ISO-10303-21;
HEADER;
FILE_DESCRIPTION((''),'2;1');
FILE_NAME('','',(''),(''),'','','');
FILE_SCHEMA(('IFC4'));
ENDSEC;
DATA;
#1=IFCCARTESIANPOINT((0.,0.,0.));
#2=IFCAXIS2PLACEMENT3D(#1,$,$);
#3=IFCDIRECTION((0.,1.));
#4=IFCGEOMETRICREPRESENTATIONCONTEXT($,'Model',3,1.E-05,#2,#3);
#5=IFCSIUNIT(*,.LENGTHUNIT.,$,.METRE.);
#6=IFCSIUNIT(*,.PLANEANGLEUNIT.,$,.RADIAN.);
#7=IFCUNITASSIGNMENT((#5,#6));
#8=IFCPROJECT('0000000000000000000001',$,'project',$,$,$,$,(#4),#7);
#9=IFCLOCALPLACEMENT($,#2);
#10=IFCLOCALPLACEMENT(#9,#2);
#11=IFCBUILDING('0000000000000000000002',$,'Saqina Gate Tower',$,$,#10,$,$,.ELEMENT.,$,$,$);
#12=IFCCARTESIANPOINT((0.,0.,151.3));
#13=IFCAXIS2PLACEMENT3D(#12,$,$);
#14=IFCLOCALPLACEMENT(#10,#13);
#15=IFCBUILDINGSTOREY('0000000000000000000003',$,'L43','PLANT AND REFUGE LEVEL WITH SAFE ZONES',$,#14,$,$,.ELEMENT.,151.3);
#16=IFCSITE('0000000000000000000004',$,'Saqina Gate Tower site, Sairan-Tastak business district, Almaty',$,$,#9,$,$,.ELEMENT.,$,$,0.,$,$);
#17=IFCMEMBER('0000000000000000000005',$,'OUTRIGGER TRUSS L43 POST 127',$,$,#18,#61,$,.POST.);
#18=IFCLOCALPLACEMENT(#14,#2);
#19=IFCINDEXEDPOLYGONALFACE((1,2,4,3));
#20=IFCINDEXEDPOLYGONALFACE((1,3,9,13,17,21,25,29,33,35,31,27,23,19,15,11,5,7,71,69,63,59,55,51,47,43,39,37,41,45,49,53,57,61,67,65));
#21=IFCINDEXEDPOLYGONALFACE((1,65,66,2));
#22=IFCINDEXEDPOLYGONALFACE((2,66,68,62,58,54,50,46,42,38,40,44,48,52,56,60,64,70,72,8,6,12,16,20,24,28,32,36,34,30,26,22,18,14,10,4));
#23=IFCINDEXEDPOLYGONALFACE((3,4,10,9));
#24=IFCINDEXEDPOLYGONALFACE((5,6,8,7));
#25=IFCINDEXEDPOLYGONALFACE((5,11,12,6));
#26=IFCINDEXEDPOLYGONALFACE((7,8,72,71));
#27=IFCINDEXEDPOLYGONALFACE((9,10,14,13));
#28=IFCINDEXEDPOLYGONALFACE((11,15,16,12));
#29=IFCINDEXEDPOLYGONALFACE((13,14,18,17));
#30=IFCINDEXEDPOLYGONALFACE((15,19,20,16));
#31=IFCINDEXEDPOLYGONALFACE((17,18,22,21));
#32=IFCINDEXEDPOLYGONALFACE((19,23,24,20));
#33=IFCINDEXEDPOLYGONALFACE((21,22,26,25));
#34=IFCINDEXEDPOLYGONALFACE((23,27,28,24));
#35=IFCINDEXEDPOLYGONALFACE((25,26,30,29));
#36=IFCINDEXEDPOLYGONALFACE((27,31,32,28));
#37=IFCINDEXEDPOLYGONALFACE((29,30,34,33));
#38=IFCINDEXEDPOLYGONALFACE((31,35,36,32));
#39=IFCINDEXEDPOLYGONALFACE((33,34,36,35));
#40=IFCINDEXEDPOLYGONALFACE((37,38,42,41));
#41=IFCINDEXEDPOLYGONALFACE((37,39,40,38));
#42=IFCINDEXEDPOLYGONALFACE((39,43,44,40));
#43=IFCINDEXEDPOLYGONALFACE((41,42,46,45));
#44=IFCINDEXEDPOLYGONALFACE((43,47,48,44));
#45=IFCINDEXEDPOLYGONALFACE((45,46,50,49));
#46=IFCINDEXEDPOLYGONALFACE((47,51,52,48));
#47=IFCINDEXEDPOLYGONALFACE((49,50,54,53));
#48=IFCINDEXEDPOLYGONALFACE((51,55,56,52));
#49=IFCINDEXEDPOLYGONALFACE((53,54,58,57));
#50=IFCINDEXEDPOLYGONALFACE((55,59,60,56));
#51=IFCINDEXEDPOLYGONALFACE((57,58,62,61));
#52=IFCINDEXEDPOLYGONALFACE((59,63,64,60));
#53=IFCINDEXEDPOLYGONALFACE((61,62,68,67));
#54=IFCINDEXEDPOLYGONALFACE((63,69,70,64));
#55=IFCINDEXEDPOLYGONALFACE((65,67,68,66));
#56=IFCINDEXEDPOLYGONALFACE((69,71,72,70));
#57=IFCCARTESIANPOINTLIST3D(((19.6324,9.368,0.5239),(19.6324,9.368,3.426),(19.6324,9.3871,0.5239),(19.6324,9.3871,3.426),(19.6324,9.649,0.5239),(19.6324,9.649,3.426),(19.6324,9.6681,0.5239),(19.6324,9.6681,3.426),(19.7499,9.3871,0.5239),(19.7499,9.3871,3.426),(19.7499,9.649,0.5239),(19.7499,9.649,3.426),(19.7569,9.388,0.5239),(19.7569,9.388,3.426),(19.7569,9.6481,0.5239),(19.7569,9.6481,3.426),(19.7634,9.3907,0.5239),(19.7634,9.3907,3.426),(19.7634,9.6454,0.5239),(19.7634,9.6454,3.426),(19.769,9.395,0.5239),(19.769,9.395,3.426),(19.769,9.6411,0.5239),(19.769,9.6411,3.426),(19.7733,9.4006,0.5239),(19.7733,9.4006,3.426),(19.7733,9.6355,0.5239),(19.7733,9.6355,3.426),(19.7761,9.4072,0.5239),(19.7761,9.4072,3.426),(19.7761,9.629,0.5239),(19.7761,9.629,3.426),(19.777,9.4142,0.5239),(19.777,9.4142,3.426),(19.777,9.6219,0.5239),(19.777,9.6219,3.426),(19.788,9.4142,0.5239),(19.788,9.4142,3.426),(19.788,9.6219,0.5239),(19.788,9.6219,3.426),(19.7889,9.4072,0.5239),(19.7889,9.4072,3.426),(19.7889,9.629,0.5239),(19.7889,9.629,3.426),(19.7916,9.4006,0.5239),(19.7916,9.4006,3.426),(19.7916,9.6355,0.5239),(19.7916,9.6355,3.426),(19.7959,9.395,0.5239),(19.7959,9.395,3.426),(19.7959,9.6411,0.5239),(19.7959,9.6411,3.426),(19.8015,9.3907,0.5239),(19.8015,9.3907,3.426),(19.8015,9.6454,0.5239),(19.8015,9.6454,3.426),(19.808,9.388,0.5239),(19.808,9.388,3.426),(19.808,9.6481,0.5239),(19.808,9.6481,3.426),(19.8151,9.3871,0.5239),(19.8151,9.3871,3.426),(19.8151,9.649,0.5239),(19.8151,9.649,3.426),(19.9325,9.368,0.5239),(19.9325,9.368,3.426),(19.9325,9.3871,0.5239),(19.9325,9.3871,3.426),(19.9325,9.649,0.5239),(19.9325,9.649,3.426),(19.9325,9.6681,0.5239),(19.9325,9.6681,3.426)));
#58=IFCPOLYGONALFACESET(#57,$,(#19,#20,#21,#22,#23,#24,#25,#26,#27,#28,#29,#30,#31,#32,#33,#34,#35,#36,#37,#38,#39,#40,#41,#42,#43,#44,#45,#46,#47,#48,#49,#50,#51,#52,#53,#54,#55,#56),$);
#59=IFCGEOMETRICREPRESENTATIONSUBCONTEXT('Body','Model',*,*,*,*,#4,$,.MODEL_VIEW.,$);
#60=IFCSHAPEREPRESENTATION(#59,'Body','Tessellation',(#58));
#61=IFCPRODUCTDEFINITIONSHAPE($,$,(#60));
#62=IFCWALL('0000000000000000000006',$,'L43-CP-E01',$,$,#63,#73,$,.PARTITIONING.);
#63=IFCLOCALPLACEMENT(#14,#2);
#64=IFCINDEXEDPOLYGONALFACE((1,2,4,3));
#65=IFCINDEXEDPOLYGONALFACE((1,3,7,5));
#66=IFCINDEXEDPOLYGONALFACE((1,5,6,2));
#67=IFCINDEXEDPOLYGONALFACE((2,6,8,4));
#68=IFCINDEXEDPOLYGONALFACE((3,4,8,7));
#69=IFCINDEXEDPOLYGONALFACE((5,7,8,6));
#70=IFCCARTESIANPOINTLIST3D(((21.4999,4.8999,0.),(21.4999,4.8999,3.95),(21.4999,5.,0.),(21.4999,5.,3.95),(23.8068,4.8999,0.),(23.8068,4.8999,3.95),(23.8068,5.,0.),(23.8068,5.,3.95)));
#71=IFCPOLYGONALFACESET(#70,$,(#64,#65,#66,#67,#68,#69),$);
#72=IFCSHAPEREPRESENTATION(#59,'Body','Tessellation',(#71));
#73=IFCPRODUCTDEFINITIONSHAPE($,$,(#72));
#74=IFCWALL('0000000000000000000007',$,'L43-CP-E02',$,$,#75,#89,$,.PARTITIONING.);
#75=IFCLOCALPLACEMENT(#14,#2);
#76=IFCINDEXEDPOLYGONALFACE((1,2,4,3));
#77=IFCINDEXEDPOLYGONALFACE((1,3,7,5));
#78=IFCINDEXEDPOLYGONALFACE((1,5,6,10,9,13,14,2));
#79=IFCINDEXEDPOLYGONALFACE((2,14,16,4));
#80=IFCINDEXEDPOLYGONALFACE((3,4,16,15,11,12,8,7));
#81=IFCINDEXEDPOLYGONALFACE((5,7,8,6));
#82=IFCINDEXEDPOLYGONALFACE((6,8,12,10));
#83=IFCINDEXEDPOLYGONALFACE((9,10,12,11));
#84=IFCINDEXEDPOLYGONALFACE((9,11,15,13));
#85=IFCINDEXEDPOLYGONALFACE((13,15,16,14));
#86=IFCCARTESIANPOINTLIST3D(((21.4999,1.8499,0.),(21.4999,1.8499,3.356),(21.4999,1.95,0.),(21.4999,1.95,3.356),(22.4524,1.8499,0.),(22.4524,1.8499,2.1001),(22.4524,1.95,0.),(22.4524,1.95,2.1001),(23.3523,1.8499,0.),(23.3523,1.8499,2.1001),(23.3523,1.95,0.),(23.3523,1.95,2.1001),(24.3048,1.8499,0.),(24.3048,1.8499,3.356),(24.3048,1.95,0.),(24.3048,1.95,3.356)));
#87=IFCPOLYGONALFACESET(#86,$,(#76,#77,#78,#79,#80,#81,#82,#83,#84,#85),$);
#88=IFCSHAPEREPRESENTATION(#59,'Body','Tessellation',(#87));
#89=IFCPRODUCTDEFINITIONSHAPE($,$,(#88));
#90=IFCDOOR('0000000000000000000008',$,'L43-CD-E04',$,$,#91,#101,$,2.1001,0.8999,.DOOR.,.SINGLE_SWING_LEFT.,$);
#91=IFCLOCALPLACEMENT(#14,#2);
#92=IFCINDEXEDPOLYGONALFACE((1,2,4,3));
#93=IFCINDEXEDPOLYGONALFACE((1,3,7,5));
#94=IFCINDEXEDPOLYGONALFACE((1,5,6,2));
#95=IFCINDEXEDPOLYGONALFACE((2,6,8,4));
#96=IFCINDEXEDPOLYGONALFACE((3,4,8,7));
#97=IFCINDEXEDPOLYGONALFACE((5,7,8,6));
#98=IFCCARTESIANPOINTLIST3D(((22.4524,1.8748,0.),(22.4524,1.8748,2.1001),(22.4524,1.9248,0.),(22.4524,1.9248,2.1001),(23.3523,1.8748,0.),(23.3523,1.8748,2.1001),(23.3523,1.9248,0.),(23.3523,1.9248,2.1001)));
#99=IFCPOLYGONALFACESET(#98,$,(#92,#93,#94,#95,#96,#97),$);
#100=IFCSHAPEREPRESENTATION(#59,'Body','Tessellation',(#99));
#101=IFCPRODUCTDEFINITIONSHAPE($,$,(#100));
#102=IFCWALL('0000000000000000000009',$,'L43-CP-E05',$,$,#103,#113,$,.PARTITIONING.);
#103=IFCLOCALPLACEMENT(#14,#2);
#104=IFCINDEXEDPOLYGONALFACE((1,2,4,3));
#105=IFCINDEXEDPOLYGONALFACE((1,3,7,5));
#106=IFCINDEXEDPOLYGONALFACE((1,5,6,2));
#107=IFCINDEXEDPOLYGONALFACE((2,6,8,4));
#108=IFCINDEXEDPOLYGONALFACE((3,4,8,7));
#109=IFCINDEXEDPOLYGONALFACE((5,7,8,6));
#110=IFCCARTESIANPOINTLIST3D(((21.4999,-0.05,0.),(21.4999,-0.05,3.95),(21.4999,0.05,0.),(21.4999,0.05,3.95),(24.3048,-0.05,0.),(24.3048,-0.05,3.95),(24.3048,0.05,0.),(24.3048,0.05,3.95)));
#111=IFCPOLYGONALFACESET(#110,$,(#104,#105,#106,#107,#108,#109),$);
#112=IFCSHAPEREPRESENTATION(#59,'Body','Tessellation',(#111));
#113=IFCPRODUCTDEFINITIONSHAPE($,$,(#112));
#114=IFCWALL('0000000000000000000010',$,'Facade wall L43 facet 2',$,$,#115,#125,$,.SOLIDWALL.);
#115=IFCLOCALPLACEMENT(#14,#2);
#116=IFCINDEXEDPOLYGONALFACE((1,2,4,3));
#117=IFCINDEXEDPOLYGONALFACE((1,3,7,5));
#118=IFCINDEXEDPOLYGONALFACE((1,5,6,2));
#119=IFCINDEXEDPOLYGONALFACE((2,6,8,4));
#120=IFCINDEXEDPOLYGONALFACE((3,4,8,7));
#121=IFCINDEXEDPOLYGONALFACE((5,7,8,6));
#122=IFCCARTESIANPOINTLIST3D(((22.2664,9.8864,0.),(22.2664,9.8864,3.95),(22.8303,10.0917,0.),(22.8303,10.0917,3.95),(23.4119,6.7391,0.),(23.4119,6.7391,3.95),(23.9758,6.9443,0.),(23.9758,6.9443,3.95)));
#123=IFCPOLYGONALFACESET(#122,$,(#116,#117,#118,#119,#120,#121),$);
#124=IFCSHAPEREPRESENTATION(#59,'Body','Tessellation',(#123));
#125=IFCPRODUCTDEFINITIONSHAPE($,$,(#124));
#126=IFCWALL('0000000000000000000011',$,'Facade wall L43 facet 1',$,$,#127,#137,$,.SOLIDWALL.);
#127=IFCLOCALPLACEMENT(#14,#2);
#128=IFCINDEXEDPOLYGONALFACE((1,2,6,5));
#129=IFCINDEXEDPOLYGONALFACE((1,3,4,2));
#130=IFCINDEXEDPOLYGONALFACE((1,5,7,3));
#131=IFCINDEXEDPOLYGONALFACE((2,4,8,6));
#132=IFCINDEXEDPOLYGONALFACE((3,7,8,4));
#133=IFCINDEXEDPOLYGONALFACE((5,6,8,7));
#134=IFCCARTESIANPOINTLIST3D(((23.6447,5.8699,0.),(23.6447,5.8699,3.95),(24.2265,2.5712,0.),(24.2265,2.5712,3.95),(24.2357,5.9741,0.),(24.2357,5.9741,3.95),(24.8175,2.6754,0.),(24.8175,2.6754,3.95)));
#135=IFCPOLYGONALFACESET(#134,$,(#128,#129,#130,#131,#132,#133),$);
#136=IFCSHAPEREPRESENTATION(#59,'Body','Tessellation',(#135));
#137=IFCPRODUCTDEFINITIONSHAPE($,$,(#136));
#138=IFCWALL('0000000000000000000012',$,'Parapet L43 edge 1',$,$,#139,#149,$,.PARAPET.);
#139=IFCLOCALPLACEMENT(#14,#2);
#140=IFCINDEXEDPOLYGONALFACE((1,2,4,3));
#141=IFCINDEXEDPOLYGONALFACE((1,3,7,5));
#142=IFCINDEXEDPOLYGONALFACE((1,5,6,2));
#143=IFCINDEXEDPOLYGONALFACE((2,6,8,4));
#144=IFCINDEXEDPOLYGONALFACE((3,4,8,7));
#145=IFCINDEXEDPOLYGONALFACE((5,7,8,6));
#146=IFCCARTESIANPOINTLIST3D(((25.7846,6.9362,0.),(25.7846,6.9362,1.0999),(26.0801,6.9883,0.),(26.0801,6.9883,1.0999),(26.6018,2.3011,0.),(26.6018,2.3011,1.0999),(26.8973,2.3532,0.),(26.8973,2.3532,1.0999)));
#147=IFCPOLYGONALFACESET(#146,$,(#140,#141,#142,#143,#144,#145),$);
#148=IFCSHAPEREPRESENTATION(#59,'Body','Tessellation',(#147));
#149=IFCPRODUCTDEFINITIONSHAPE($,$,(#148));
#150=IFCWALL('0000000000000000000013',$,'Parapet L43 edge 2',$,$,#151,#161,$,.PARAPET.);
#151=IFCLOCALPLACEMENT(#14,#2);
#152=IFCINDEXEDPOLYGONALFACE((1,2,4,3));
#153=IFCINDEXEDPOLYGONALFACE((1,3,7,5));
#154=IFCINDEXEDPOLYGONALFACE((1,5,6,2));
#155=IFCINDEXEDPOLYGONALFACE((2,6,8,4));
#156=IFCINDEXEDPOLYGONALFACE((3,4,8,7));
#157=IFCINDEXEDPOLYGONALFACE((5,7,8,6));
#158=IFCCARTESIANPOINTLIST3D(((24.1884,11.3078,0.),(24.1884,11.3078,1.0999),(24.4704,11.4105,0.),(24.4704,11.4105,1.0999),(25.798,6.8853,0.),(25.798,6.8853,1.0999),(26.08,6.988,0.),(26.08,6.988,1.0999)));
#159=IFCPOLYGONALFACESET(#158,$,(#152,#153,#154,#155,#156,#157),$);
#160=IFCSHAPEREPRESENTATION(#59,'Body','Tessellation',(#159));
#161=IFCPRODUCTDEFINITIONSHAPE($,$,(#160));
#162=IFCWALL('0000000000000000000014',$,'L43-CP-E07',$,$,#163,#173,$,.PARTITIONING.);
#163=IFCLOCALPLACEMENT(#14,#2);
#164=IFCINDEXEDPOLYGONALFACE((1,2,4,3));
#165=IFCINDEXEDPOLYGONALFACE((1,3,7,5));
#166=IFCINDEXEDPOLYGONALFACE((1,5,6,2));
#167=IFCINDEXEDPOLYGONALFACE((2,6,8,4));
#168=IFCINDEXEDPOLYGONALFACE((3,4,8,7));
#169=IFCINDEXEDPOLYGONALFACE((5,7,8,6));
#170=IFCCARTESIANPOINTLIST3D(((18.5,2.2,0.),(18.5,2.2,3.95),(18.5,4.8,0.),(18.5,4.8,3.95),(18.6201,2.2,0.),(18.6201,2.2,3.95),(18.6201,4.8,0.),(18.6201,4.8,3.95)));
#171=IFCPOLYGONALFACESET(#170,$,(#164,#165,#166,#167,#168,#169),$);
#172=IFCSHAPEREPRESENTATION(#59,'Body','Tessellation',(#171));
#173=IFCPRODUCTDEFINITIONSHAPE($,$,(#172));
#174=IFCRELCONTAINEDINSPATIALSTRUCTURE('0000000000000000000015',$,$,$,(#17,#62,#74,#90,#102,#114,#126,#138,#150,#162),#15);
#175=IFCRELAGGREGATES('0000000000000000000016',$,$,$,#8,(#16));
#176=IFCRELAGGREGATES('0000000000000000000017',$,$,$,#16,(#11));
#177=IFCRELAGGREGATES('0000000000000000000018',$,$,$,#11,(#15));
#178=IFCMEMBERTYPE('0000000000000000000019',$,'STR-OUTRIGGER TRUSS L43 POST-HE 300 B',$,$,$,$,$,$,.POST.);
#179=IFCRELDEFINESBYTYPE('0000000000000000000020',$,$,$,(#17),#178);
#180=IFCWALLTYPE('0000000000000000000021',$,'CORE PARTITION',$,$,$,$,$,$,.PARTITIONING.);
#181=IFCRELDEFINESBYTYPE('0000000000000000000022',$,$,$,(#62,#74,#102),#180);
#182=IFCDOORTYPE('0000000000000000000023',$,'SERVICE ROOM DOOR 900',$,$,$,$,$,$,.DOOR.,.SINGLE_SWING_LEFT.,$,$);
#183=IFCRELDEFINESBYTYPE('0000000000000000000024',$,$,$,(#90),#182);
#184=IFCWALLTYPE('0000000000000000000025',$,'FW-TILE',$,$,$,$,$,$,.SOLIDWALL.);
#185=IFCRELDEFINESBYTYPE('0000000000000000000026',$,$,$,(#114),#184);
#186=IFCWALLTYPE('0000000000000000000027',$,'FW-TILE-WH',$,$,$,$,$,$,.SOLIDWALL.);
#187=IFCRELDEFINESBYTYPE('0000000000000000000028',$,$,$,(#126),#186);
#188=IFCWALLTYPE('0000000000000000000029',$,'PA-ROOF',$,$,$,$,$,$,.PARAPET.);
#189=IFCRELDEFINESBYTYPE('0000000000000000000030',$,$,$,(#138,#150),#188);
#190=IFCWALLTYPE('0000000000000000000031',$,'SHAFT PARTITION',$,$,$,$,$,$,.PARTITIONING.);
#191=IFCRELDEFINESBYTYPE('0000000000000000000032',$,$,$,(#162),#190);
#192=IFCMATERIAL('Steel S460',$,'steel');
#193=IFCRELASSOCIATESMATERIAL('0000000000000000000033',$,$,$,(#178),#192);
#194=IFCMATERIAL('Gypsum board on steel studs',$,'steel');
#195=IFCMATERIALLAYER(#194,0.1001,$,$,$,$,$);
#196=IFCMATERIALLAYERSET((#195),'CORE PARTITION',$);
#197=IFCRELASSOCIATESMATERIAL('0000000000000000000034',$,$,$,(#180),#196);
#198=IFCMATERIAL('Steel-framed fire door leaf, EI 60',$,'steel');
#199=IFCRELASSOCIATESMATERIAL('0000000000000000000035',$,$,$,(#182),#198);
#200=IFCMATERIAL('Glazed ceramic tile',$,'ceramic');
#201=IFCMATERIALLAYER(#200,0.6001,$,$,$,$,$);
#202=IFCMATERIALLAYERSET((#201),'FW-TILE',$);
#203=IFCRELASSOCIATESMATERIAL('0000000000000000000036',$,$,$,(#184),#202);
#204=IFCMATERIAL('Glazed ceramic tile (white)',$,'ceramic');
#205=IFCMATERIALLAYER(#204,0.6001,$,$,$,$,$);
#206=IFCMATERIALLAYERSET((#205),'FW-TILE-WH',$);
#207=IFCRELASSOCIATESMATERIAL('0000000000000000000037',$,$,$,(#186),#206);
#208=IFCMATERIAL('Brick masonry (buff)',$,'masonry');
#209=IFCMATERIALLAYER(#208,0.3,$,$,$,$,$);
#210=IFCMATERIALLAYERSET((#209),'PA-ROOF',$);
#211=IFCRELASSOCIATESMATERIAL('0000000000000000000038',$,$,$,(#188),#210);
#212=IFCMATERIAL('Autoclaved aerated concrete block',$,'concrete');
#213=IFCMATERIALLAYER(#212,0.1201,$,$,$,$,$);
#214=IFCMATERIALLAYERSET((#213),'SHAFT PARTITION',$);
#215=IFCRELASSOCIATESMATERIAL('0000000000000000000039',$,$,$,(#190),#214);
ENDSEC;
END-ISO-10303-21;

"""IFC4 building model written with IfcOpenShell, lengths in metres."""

from ifc_helpers import new_model, si_unit, direction, frame, frame_2d, origin, origin_2d, place, context, subcontext, project, spatial, rectangle, i_section, extrude, material, layer, layer_set, material_profile, profile_set, type_object, element, fill, save


model = new_model("IFC4")

# Units and contexts
model_context = context("Model", 3, precision=1e-05, world=origin(), true_north=direction((0.0, 1.0)))
body_context = subcontext(model_context, "Body", "Model", "MODEL_VIEW")
ifc_project = project(units=[si_unit("LENGTHUNIT", "METRE"), si_unit("PLANEANGLEUNIT", "RADIAN")], contexts=[model_context])

# Site, building, storey
site_placement = place(None, origin())
site = spatial("IfcSite", under=ifc_project, at=site_placement, Name="Saqina Gate Tower site, Sairan-Tastak business district, Almaty", CompositionType="ELEMENT", RefElevation=0.0)
building_placement = place(site_placement, origin())
building = spatial("IfcBuilding", under=site, at=building_placement, Name="Saqina Gate Tower", CompositionType="ELEMENT")
storey_placement = place(building_placement, frame((0.0, 0.0, 151.3)))
storey = spatial("IfcBuildingStorey", under=building, at=storey_placement, Name="L43", Description="PLANT AND REFUGE LEVEL WITH SAFE ZONES", CompositionType="ELEMENT", Elevation=151.3)

# Member
ifc_material_1 = material(Name="Steel S460", Category="steel")
ifc_material_profile_1 = material_profile(ifc_material_1, i_section(OverallWidth=0.3, OverallDepth=0.3, WebThickness=0.011, FlangeThickness=0.019, FilletRadius=0.0271, at=origin_2d()), Name="HE 300 B")
ifc_profile_set_1 = profile_set([ifc_material_profile_1], Name="Steel S460")
member_type_1 = type_object("IfcMemberType", Name="STR-OUTRIGGER TRUSS L43 POST-HE 300 B", PredefinedType="POST", material=ifc_profile_set_1)
member_1_placement = place(storey_placement, frame((19.7825, 9.5181, 0.5239), z_axis=(0.0, 0.0, 1.0), x_axis=(1.0, 0.0, 0.0)))
element("IfcMember", 1, at=member_1_placement, inside=storey, type_object=member_type_1, Name="OUTRIGGER TRUSS L43 POST 127", PredefinedType="POST", context=body_context, shape_type="SweptSolid", body=[
    extrude(i_section(OverallWidth=0.3, OverallDepth=0.3, WebThickness=0.011, FlangeThickness=0.019, FilletRadius=0.0271, at=origin_2d()), origin(), (0.0, 0.0, 1.0), 2.9021),
])

# Wall
ifc_material_2 = material(Name="Gypsum board on steel studs", Category="steel")
ifc_layer_1 = layer(ifc_material_2, 0.1001)
ifc_layer_set_1 = layer_set([ifc_layer_1], Name="CORE PARTITION")
wall_type_1 = type_object("IfcWallType", Name="CORE PARTITION", PredefinedType="PARTITIONING", material=ifc_layer_set_1)
wall_1_placement = place(storey_placement, frame((21.5, 4.95, 0.0), z_axis=(0.0, 0.0, 1.0), x_axis=(1.0, 0.0, 0.0)))
element("IfcWall", 2, at=wall_1_placement, inside=storey, type_object=wall_type_1, Name="L43-CP-E01", PredefinedType="PARTITIONING", context=body_context, shape_type="SweptSolid", body=[
    extrude(rectangle(XDim=2.3069, YDim=0.1001, at=frame_2d((1.1533, 0.0))), origin(), (0.0, 0.0, 1.0), 3.95),
])

# Wall, opening, door
wall_2_placement = place(storey_placement, frame((21.5, 1.8999, 0.0), z_axis=(0.0, 0.0, 1.0), x_axis=(1.0, 0.0, 0.0)))
wall_2 = element("IfcWall", 3, at=wall_2_placement, inside=storey, type_object=wall_type_1, Name="L43-CP-E02", PredefinedType="PARTITIONING", context=body_context, shape_type="SweptSolid", body=[
    extrude(rectangle(XDim=2.8049, YDim=0.1001, at=frame_2d((1.4023, 0.0))), origin(), (0.0, 0.0, 1.0), 3.356),
])
opening_placement = place(wall_2_placement, frame((0.9524, 0.0, 0.0)))
opening = element("IfcOpeningElement", 4, at=opening_placement, cuts=wall_2, PredefinedType="OPENING", context=body_context, shape_type="SweptSolid", body=[
    extrude(rectangle(XDim=0.8999, YDim=2.1001, at=frame_2d((0.45, 1.05))), frame((0.0, 0.062, 0.0), z_axis=(0.0, -1.0, 0.0), x_axis=(1.0, 0.0, 0.0)), (0.0, 0.0, 1.0), 0.124),
])
ifc_material_3 = material(Name="Steel-framed fire door leaf, EI 60", Category="steel")
door_type = type_object("IfcDoorType", Name="SERVICE ROOM DOOR 900", OperationType="SINGLE_SWING_LEFT", PredefinedType="DOOR", material=ifc_material_3)
door_placement = place(opening_placement, origin())
door = element("IfcDoor", 5, at=door_placement, inside=storey, type_object=door_type, Name="L43-CD-E04", OperationType="SINGLE_SWING_LEFT", OverallHeight=2.1001, OverallWidth=0.8999, PredefinedType="DOOR", context=body_context, shape_type="SweptSolid", body=[
    extrude(rectangle(XDim=0.8999, YDim=2.1001, at=frame_2d((0.45, 1.05))), frame((0.0, 0.0249, 0.0), z_axis=(0.0, -1.0, 0.0), x_axis=(1.0, 0.0, 0.0)), (0.0, 0.0, 1.0), 0.05),
])
fill(opening, door)

# Walls
wall_3_placement = place(storey_placement, frame((21.5, 0.0, 0.0), z_axis=(0.0, 0.0, 1.0), x_axis=(1.0, 0.0, 0.0)))
element("IfcWall", 6, at=wall_3_placement, inside=storey, type_object=wall_type_1, Name="L43-CP-E05", PredefinedType="PARTITIONING", context=body_context, shape_type="SweptSolid", body=[
    extrude(rectangle(XDim=2.8049, YDim=0.1001, at=frame_2d((1.4023, 0.0))), origin(), (0.0, 0.0, 1.0), 3.95),
])
ifc_material_4 = material(Name="Glazed ceramic tile", Category="ceramic")
ifc_layer_2 = layer(ifc_material_4, 0.6001)
ifc_layer_set_2 = layer_set([ifc_layer_2], Name="FW-TILE")
wall_type_2 = type_object("IfcWallType", Name="FW-TILE", PredefinedType="SOLIDWALL", material=ifc_layer_set_2)
wall_4_placement = place(storey_placement, frame((23.6938, 6.8416, 0.0), z_axis=(0.0, 0.0, 1.0), x_axis=(-0.342001, 0.9397, 0.0)))
element("IfcWall", 7, at=wall_4_placement, inside=storey, type_object=wall_type_2, Name="Facade wall L43 facet 2", PredefinedType="SOLIDWALL", context=body_context, shape_type="SweptSolid", body=[
    extrude(rectangle(XDim=3.3494, YDim=0.6001, at=frame_2d((1.6748, 0.0))), origin(), (0.0, 0.0, 1.0), 3.95),
])
ifc_material_5 = material(Name="Glazed ceramic tile (white)", Category="ceramic")
ifc_layer_3 = layer(ifc_material_5, 0.6001)
ifc_layer_set_3 = layer_set([ifc_layer_3], Name="FW-TILE-WH")
wall_type_3 = type_object("IfcWallType", Name="FW-TILE-WH", PredefinedType="SOLIDWALL", material=ifc_layer_set_3)
wall_5_placement = place(storey_placement, frame((24.522, 2.6233, 0.0), z_axis=(0.0, 0.0, 1.0), x_axis=(-0.173694, 0.9848, 0.0)))
element("IfcWall", 8, at=wall_5_placement, inside=storey, type_object=wall_type_3, Name="Facade wall L43 facet 1", PredefinedType="SOLIDWALL", context=body_context, shape_type="SweptSolid", body=[
    extrude(rectangle(XDim=3.3496, YDim=0.6001, at=frame_2d((1.6748, 0.0))), origin(), (0.0, 0.0, 1.0), 3.95),
])
ifc_material_6 = material(Name="Brick masonry (buff)", Category="masonry")
ifc_layer_4 = layer(ifc_material_6, 0.3)
ifc_layer_set_4 = layer_set([ifc_layer_4], Name="PA-ROOF")
wall_type_4 = type_object("IfcWallType", Name="PA-ROOF", PredefinedType="PARAPET", material=ifc_layer_set_4)
wall_6_placement = place(storey_placement, frame((26.7495, 2.3271, 0.0), z_axis=(0.0, 0.0, 1.0), x_axis=(-0.17362, 0.984813, 0.0)))
element("IfcWall", 9, at=wall_6_placement, inside=storey, type_object=wall_type_4, Name="Parapet L43 edge 1", PredefinedType="PARAPET", context=body_context, shape_type="SweptSolid", body=[
    extrude(rectangle(XDim=4.7065, YDim=0.3, at=frame_2d((2.3533, 0.0))), origin(), (0.0, 0.0, 1.0), 1.0999),
])
wall_7_placement = place(storey_placement, frame((25.939, 6.9368, 0.0), z_axis=(0.0, 0.0, 1.0), x_axis=(-0.342005, 0.939698, 0.0)))
element("IfcWall", 10, at=wall_7_placement, inside=storey, type_object=wall_type_4, Name="Parapet L43 edge 2", PredefinedType="PARAPET", context=body_context, shape_type="SweptSolid", body=[
    extrude(rectangle(XDim=4.7063, YDim=0.3, at=frame_2d((2.353, 0.0))), origin(), (0.0, 0.0, 1.0), 1.0999),
])
ifc_material_7 = material(Name="Autoclaved aerated concrete block", Category="concrete")
ifc_layer_5 = layer(ifc_material_7, 0.1201)
ifc_layer_set_5 = layer_set([ifc_layer_5], Name="SHAFT PARTITION")
wall_type_5 = type_object("IfcWallType", Name="SHAFT PARTITION", PredefinedType="PARTITIONING", material=ifc_layer_set_5)
wall_8_placement = place(storey_placement, frame((18.5601, 2.2, 0.0), z_axis=(0.0, 0.0, 1.0), x_axis=(0.0, 1.0, 0.0)))
element("IfcWall", 11, at=wall_8_placement, inside=storey, type_object=wall_type_5, Name="L43-CP-E07", PredefinedType="PARTITIONING", context=body_context, shape_type="SweptSolid", body=[
    extrude(rectangle(XDim=2.6001, YDim=0.1201, at=frame_2d((1.3, 0.0))), origin(), (0.0, 0.0, 1.0), 3.95),
])

save(model, "model.ifc")
